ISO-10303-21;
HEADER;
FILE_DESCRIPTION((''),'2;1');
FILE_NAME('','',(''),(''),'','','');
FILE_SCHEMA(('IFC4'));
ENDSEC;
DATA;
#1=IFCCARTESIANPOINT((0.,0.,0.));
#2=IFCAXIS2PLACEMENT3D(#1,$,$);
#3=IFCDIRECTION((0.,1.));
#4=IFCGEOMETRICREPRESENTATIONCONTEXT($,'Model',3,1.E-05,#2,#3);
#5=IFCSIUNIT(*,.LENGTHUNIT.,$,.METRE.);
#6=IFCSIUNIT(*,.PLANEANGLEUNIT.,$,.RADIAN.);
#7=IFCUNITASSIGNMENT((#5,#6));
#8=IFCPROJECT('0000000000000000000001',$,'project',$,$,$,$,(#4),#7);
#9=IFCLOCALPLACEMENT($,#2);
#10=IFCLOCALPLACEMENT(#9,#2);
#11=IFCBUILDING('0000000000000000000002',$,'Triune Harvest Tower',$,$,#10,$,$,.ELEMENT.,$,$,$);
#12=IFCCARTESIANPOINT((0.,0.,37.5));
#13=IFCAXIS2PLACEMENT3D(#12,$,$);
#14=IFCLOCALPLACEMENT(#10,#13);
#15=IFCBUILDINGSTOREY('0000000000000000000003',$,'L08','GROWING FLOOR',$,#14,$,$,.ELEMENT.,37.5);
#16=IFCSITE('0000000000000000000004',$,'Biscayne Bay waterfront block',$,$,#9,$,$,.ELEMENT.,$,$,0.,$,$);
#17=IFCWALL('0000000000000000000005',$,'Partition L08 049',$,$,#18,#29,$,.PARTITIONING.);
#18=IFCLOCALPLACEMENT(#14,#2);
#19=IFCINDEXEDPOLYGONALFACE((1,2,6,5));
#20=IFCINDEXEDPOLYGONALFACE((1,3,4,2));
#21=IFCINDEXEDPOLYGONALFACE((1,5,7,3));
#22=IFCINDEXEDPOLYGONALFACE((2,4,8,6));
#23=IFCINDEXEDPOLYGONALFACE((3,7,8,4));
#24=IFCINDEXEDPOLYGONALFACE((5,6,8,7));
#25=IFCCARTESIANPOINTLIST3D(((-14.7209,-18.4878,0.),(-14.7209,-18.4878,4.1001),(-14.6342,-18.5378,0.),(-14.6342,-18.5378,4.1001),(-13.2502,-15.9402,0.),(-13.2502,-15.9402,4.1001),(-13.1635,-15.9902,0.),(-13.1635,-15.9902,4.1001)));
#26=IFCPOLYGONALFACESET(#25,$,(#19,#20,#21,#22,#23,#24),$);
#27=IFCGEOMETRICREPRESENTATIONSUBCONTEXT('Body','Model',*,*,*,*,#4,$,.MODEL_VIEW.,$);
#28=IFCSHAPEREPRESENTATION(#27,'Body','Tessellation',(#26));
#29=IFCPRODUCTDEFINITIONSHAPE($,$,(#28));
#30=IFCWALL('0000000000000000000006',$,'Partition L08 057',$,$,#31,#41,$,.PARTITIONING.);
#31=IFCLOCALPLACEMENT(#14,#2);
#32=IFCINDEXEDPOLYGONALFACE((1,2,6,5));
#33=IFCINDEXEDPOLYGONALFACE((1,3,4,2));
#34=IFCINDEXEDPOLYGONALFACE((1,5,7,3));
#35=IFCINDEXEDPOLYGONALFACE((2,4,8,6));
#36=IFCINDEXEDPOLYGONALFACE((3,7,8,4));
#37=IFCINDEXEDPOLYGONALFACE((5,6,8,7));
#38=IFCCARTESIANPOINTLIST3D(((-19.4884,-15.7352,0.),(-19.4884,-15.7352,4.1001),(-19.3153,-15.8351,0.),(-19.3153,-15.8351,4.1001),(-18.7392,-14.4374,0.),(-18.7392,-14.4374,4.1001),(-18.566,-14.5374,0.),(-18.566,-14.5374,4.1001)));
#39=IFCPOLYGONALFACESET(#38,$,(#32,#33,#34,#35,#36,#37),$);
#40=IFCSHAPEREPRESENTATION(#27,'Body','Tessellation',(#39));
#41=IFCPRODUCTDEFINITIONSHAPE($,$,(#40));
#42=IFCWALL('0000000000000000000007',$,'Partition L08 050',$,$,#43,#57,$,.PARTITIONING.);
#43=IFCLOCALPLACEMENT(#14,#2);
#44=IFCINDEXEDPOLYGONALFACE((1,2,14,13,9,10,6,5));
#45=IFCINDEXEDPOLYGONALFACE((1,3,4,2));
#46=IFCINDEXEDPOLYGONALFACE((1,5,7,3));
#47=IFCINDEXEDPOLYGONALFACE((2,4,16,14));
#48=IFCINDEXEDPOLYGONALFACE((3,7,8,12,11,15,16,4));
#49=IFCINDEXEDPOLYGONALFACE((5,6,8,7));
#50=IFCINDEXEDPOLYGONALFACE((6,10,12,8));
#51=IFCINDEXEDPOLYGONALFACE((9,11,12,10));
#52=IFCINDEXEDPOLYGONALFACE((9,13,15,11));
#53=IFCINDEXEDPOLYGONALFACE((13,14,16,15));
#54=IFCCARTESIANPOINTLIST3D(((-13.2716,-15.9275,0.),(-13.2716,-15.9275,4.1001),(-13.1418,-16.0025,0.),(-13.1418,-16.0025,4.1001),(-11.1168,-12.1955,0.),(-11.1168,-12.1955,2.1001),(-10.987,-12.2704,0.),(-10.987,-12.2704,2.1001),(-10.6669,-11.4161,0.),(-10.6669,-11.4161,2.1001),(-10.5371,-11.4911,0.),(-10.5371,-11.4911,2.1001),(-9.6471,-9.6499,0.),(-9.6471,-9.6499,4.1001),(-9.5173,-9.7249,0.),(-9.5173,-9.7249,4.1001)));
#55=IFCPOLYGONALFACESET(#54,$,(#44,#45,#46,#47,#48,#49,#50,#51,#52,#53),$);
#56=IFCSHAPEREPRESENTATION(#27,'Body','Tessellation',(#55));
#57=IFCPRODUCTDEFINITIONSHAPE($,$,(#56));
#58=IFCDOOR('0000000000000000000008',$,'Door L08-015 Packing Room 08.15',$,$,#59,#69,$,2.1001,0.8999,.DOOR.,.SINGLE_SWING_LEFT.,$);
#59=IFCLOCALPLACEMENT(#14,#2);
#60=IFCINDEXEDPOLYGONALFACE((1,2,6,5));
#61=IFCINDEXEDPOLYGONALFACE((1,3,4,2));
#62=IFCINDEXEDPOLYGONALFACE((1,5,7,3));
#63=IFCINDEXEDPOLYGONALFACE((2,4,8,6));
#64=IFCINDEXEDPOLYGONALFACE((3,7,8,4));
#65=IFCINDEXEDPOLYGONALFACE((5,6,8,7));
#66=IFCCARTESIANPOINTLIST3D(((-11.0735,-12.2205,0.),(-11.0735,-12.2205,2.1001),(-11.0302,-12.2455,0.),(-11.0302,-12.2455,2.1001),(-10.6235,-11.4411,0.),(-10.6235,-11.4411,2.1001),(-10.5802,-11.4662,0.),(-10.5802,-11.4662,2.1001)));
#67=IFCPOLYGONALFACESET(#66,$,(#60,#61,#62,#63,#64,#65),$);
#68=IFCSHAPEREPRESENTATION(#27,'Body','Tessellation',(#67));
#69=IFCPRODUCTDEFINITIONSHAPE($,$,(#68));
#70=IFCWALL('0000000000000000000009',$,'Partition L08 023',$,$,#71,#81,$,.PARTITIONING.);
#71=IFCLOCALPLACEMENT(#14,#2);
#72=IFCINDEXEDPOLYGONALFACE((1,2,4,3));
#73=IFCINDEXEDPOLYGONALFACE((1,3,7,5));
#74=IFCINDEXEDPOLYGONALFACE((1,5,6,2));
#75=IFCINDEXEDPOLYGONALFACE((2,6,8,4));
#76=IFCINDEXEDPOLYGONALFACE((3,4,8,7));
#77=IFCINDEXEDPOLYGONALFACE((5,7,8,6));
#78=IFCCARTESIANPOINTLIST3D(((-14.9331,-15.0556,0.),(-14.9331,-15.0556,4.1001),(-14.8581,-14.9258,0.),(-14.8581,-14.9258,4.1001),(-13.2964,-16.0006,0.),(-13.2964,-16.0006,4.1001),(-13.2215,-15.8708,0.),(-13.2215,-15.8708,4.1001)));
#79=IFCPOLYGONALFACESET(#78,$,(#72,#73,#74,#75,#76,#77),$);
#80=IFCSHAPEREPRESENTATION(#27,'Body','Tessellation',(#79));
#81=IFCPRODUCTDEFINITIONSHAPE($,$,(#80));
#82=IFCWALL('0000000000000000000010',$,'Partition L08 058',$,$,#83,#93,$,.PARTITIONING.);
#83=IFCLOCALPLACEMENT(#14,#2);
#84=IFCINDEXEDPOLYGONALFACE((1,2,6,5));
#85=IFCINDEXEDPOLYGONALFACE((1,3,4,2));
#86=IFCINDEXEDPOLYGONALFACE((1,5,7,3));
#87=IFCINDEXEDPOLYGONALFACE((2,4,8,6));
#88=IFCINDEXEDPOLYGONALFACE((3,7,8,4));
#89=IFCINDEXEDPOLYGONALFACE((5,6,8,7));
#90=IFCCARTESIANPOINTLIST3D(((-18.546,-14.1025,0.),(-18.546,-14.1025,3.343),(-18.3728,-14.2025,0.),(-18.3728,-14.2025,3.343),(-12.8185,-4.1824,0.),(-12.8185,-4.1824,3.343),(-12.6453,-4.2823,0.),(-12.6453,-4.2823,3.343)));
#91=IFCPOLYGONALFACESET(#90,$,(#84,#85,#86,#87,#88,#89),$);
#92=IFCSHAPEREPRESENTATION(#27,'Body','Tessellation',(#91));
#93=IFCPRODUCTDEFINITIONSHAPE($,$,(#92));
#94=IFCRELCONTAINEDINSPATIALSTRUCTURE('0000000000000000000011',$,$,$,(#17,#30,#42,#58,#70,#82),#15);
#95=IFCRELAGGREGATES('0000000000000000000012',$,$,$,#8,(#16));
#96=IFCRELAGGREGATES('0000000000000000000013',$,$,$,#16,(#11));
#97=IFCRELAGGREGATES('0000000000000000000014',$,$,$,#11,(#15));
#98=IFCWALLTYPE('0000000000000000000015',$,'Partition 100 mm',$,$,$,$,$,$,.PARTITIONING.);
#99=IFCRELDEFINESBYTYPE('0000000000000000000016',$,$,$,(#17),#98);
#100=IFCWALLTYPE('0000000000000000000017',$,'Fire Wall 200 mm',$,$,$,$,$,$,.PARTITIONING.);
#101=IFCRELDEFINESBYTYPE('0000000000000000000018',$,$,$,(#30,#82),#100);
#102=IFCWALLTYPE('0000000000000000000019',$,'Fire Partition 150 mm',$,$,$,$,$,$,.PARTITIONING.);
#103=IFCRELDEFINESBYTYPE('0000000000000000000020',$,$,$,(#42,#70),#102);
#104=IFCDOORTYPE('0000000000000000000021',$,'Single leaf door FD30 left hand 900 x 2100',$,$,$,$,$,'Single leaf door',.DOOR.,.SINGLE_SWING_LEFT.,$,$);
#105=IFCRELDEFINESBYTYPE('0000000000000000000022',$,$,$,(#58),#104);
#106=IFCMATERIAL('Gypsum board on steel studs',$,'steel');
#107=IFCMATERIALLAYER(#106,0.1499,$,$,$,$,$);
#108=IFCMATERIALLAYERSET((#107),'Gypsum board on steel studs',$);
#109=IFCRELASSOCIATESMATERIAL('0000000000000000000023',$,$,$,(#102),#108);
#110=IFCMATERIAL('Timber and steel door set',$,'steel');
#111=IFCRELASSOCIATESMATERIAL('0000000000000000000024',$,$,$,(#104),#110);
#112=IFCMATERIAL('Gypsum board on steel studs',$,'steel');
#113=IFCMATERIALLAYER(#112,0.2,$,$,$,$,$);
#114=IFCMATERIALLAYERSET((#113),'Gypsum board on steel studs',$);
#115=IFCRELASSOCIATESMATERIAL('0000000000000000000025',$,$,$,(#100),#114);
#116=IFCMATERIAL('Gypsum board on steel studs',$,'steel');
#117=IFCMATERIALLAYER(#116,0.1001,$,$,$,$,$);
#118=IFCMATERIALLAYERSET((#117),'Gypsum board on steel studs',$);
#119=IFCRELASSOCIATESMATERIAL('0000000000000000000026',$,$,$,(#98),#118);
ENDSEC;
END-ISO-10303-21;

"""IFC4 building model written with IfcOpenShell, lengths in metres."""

from ifc_helpers import new_model, si_unit, direction, frame, frame_2d, origin, place, context, subcontext, project, spatial, rectangle, extrude, source, transform, mapped, material, layer, layer_set, type_object, element, fill, save


model = new_model("IFC4")

# Units and contexts
model_context = context("Model", 3, precision=1e-05, world=origin(), true_north=direction((0.0, 1.0)))
body_context = subcontext(model_context, "Body", "Model", "MODEL_VIEW")
ifc_project = project(units=[si_unit("LENGTHUNIT", "METRE"), si_unit("PLANEANGLEUNIT", "RADIAN")], contexts=[model_context])

# Site, building, storey
site_placement = place(None, origin())
site = spatial("IfcSite", under=ifc_project, at=site_placement, Name="Biscayne Bay waterfront block", CompositionType="ELEMENT", RefElevation=0.0)
building_placement = place(site_placement, origin())
building = spatial("IfcBuilding", under=site, at=building_placement, Name="Triune Harvest Tower", CompositionType="ELEMENT")
storey_placement = place(building_placement, frame((0.0, 0.0, 37.5)))
storey = spatial("IfcBuildingStorey", under=building, at=storey_placement, Name="L08", Description="GROWING FLOOR", CompositionType="ELEMENT", Elevation=37.5)

# Shared definitions
ifc_material_1 = material(Name="Gypsum board on steel studs", Category="steel")
ifc_layer_1 = layer(ifc_material_1, 0.1499)
ifc_layer_set_1 = layer_set([ifc_layer_1], Name="Gypsum board on steel studs")
wall_type_1 = type_object("IfcWallType", Name="Fire Partition 150 mm", PredefinedType="PARTITIONING", material=ifc_layer_set_1)

# Shared definitions
ifc_material_2 = material(Name="Timber and steel door set", Category="steel")
door_type_1 = type_object("IfcDoorType", Name="Single leaf door FD30 left hand 900 x 2100", ElementType="Single leaf door", OperationType="SINGLE_SWING_LEFT", PredefinedType="DOOR", material=ifc_material_2)
ifc_material_3 = material(Name="Gypsum board on steel studs", Category="steel")
ifc_layer_2 = layer(ifc_material_3, 0.2)
ifc_layer_set_2 = layer_set([ifc_layer_2], Name="Gypsum board on steel studs")
wall_type_2 = type_object("IfcWallType", Name="Fire Wall 200 mm", PredefinedType="PARTITIONING", material=ifc_layer_set_2)

# Walls
ifc_material_4 = material(Name="Gypsum board on steel studs", Category="steel")
ifc_layer_3 = layer(ifc_material_4, 0.1001)
ifc_layer_set_3 = layer_set([ifc_layer_3], Name="Gypsum board on steel studs")
wall_type_3 = type_object("IfcWallType", Name="Partition 100 mm", PredefinedType="PARTITIONING", material=ifc_layer_set_3)
wall_1_placement = place(storey_placement, frame((-14.6775, -18.5127, 0.0), z_axis=(0.0, 0.0, 1.0), x_axis=(0.49996, 0.866049, 0.0)))
element("IfcWall", 1, at=wall_1_placement, inside=storey, type_object=wall_type_3, Name="Partition L08 049", PredefinedType="PARTITIONING", context=body_context, shape_type="SweptSolid", body=[
    extrude(rectangle(XDim=2.9417, YDim=0.1001, at=frame_2d((1.4707, 0.0))), origin(), (0.0, 0.0, 1.0), 4.1001),
])
shared_shape_1 = source(origin(), body_context, "Body", "SweptSolid", [
    extrude(rectangle(XDim=1.4985, YDim=0.2, at=frame_2d((0.7493, 0.0))), origin(), (0.0, 0.0, 1.0), 4.1001),
])
wall_2_placement = place(storey_placement, frame((-19.4019, -15.7852, 0.0), z_axis=(0.0, 0.0, 1.0), x_axis=(0.499976, 0.866039, 0.0)))
element("IfcWall", 2, at=wall_2_placement, inside=storey, type_object=wall_type_2, Name="Partition L08 057", PredefinedType="PARTITIONING", context=body_context, shape_type="MappedRepresentation", body=[
    mapped(shared_shape_1, transform((0.0, 0.0, 0.0), scale=1.0)),
])

# Wall, opening, door
shared_shape_2 = source(origin(), body_context, "Body", "SweptSolid", [
    extrude(rectangle(XDim=7.2488, YDim=0.1499, at=frame_2d((3.6245, 0.0))), origin(), (0.0, 0.0, 1.0), 4.1001),
])
wall_3_placement = place(storey_placement, frame((-13.2068, -15.9651, 0.0), z_axis=(0.0, 0.0, 1.0), x_axis=(0.500015, 0.866017, 0.0)))
wall_3 = element("IfcWall", 3, at=wall_3_placement, inside=storey, type_object=wall_type_1, Name="Partition L08 050", PredefinedType="PARTITIONING", context=body_context, shape_type="MappedRepresentation", body=[
    mapped(shared_shape_2, transform((0.0, 0.0, 0.0), scale=1.0)),
])
opening_1_placement = place(wall_3_placement, frame((4.3096, 0.0, 0.0)))
opening_1 = element("IfcOpeningElement", 4, at=opening_1_placement, cuts=wall_3, PredefinedType="OPENING", context=body_context, shape_type="SweptSolid", body=[
    extrude(rectangle(XDim=0.8999, YDim=2.1001, at=frame_2d((0.45, 1.05))), frame((0.0, 0.085, 0.0), z_axis=(0.0, -1.0, 0.0), x_axis=(1.0, 0.0, 0.0)), (0.0, 0.0, 1.0), 0.1699),
])
door_1_placement = place(opening_1_placement, origin())
door_1 = element("IfcDoor", 5, at=door_1_placement, inside=storey, type_object=door_type_1, Name="Door L08-015 Packing Room 08.15", OperationType="SINGLE_SWING_LEFT", OverallHeight=2.1001, OverallWidth=0.8999, PredefinedType="DOOR", context=body_context, shape_type="SweptSolid", body=[
    extrude(rectangle(XDim=0.8999, YDim=2.1001, at=frame_2d((0.45, 1.05))), frame((0.0, 0.0249, 0.0), z_axis=(0.0, -1.0, 0.0), x_axis=(1.0, 0.0, 0.0)), (0.0, 0.0, 1.0), 0.05),
])
fill(opening_1, door_1)

# Walls
shared_shape_3 = source(origin(), body_context, "Body", "SweptSolid", [
    extrude(rectangle(XDim=1.8899, YDim=0.1499, at=frame_2d((0.9448, 0.0))), origin(), (0.0, 0.0, 1.0), 4.1001),
])
wall_4_placement = place(storey_placement, frame((-14.8955, -14.9907, 0.0), z_axis=(0.0, 0.0, 1.0), x_axis=(0.866001, -0.500043, 0.0)))
element("IfcWall", 6, at=wall_4_placement, inside=storey, type_object=wall_type_1, Name="Partition L08 023", PredefinedType="PARTITIONING", context=body_context, shape_type="MappedRepresentation", body=[
    mapped(shared_shape_3, transform((0.0, 0.0, 0.0), scale=1.0)),
])
shared_shape_4 = source(origin(), body_context, "Body", "SweptSolid", [
    extrude(rectangle(XDim=11.4548, YDim=0.2, at=frame_2d((5.7275, 0.0))), origin(), (0.0, 0.0, 1.0), 3.343),
])
wall_5_placement = place(storey_placement, frame((-18.4595, -14.1526, 0.0), z_axis=(0.0, 0.0, 1.0), x_axis=(0.500008, 0.866021, 0.0)))
element("IfcWall", 7, at=wall_5_placement, inside=storey, type_object=wall_type_2, Name="Partition L08 058", PredefinedType="PARTITIONING", context=body_context, shape_type="MappedRepresentation", body=[
    mapped(shared_shape_4, transform((0.0, 0.0, 0.0), scale=1.0)),
])

save(model, "model.ifc")
